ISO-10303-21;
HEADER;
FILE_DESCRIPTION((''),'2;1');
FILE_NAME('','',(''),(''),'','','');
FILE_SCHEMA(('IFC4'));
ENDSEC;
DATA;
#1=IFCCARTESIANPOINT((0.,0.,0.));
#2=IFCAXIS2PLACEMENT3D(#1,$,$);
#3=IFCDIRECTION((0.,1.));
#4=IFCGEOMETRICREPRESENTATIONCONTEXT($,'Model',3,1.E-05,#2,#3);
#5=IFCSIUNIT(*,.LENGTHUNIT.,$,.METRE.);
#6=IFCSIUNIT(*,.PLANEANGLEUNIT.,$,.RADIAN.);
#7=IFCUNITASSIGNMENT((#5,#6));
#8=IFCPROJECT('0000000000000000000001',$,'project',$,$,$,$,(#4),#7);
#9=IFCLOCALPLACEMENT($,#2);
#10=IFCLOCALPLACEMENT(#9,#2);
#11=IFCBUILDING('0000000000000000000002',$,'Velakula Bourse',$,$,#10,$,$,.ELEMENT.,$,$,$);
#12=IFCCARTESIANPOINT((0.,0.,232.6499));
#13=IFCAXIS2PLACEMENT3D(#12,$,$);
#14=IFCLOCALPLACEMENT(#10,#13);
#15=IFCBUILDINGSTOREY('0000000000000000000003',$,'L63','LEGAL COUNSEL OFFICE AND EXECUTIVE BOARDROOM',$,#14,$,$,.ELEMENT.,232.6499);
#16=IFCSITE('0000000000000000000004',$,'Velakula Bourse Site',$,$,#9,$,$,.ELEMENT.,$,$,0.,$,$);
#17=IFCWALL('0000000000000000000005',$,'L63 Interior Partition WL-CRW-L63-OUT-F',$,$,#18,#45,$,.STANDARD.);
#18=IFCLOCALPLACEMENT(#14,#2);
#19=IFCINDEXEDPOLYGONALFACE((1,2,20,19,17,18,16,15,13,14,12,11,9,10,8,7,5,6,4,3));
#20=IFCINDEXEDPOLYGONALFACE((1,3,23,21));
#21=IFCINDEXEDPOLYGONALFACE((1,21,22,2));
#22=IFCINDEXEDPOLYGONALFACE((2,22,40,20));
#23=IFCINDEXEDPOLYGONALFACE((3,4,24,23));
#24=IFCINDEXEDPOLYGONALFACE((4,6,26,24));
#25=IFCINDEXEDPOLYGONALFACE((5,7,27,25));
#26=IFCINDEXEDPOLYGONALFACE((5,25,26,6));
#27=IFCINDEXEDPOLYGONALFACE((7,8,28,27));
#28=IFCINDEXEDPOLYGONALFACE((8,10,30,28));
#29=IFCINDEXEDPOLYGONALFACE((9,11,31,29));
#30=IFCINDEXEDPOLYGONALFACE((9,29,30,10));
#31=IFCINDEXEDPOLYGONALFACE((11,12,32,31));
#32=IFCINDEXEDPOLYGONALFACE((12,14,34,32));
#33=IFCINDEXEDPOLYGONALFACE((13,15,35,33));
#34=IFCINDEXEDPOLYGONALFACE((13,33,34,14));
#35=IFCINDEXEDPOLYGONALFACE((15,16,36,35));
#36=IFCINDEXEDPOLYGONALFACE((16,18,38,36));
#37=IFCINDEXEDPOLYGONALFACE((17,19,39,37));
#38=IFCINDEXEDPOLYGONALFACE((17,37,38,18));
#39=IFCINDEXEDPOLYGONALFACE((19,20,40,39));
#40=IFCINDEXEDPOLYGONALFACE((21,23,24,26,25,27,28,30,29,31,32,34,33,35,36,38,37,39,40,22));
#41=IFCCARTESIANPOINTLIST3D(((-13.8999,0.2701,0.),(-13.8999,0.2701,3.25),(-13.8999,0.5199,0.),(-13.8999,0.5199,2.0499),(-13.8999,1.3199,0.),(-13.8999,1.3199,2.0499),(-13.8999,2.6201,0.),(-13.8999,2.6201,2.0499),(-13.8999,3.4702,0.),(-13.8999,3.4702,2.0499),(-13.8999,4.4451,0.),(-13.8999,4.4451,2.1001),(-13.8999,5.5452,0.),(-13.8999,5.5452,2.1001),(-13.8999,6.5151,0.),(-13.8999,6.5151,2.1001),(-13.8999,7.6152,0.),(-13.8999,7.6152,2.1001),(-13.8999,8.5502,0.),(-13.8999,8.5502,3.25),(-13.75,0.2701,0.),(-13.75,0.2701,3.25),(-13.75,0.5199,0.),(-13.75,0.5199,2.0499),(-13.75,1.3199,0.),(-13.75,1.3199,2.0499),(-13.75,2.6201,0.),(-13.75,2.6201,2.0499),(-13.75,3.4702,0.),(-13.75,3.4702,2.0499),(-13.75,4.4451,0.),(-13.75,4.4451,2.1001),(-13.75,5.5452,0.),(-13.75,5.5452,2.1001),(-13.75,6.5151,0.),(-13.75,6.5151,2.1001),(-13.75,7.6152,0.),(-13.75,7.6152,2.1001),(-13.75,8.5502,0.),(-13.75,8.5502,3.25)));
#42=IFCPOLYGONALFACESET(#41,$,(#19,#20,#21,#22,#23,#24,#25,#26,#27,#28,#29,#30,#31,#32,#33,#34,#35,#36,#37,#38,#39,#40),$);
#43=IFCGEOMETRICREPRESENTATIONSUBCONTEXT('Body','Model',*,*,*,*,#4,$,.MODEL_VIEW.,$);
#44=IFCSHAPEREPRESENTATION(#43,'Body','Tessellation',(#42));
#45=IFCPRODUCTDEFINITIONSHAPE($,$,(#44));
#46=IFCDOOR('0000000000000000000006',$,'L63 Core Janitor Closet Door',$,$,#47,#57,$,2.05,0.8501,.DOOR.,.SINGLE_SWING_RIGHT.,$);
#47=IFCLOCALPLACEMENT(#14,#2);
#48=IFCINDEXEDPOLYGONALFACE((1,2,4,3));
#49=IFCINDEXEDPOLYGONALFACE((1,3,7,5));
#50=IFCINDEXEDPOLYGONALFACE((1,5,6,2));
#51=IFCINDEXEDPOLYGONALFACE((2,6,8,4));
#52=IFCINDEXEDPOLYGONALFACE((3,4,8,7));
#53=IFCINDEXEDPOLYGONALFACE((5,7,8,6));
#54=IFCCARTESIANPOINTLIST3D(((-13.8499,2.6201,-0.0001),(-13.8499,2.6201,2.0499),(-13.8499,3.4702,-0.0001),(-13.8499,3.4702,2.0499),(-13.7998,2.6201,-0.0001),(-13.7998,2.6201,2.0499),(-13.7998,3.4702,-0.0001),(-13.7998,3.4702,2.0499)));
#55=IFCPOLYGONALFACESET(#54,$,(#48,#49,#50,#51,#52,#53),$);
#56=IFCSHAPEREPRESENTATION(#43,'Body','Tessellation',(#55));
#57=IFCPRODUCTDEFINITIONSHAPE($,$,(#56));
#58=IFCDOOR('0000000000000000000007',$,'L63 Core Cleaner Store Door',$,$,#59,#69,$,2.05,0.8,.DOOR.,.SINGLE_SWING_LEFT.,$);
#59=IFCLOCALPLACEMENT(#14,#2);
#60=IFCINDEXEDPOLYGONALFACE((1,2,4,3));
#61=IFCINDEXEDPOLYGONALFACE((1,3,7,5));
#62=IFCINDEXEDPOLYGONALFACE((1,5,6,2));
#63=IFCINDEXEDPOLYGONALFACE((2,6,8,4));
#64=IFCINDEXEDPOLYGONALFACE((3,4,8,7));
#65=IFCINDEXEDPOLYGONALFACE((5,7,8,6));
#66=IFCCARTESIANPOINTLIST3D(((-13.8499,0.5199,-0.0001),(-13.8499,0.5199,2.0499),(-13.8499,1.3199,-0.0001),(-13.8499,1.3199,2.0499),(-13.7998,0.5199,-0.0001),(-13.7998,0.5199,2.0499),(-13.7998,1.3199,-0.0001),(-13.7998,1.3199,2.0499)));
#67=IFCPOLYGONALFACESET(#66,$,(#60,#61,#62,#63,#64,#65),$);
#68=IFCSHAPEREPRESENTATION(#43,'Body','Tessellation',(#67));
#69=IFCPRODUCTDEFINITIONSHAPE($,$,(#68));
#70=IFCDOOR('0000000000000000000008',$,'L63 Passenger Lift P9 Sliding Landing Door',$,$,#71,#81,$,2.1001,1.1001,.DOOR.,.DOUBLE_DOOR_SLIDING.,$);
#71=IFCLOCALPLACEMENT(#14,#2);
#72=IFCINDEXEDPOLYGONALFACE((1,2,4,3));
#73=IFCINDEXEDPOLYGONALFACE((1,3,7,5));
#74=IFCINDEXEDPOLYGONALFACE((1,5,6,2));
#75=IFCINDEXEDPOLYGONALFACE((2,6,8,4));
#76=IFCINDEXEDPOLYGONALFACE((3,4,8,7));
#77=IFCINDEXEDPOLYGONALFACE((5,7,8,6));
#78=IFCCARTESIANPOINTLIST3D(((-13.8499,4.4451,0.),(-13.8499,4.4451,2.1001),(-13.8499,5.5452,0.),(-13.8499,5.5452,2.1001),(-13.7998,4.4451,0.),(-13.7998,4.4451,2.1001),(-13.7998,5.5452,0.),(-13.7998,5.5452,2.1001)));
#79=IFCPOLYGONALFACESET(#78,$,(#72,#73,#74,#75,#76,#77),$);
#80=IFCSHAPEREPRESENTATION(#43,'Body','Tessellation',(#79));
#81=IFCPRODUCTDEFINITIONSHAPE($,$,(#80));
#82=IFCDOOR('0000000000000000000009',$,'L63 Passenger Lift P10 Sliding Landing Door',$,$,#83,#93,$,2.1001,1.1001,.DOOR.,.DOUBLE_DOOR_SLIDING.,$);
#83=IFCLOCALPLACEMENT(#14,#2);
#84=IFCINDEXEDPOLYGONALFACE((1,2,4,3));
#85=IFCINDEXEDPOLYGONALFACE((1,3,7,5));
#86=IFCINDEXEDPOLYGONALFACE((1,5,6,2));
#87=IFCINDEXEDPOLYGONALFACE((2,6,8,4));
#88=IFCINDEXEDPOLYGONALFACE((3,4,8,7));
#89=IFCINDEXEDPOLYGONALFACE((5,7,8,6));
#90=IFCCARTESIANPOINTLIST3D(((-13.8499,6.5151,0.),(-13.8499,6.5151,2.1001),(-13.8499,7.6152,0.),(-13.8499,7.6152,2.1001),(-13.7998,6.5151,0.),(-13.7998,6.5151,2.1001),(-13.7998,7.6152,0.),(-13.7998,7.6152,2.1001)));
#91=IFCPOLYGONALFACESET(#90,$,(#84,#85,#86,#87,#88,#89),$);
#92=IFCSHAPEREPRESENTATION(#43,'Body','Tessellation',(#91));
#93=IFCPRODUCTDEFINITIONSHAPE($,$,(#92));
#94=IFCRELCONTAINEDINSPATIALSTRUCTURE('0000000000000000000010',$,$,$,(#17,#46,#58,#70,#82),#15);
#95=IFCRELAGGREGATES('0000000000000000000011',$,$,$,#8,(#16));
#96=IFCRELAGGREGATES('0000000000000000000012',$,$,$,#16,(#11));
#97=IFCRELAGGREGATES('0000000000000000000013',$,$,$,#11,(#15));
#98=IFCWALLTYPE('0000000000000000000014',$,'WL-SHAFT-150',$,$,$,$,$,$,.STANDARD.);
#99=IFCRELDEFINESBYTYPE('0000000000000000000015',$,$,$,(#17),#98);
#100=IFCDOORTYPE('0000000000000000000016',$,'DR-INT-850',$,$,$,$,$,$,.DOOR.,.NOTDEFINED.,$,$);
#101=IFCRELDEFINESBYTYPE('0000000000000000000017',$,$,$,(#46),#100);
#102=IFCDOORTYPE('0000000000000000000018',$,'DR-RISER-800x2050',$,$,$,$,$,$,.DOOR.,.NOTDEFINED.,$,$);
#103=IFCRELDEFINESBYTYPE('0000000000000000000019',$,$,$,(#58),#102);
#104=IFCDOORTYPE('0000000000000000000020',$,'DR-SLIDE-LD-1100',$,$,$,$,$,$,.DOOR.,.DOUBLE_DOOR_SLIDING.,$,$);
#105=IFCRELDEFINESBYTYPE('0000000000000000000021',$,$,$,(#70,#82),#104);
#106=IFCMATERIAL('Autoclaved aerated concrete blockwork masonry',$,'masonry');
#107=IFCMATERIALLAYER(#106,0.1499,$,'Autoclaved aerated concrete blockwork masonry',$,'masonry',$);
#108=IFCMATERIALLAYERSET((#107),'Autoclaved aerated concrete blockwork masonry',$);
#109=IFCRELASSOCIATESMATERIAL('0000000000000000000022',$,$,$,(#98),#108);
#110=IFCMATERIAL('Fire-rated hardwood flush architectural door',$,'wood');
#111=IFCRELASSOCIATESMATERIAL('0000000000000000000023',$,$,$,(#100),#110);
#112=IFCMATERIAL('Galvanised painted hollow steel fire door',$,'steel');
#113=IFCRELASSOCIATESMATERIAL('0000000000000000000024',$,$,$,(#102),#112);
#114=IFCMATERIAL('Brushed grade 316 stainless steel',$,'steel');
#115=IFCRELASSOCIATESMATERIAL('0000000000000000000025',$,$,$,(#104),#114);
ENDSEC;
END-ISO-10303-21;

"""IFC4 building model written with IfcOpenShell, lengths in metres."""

from ifc_helpers import new_model, si_unit, direction, frame, frame_2d, origin, place, context, subcontext, project, spatial, rectangle, extrude, material, layer, layer_set, type_object, element, fill, save


model = new_model("IFC4")

# Units and contexts
model_context = context("Model", 3, precision=1e-05, world=origin(), true_north=direction((0.0, 1.0)))
body_context = subcontext(model_context, "Body", "Model", "MODEL_VIEW")
ifc_project = project(units=[si_unit("LENGTHUNIT", "METRE"), si_unit("PLANEANGLEUNIT", "RADIAN")], contexts=[model_context])

# Site, building, storey
site_placement = place(None, origin())
site = spatial("IfcSite", under=ifc_project, at=site_placement, Name="Velakula Bourse Site", CompositionType="ELEMENT", RefElevation=0.0)
building_placement = place(site_placement, origin())
building = spatial("IfcBuilding", under=site, at=building_placement, Name="Velakula Bourse", CompositionType="ELEMENT")
storey_placement = place(building_placement, frame((0.0, 0.0, 232.6499)))
storey = spatial("IfcBuildingStorey", under=building, at=storey_placement, Name="L63", Description="LEGAL COUNSEL OFFICE AND EXECUTIVE BOARDROOM", CompositionType="ELEMENT", Elevation=232.6499)

# Wall, openings, doors
ifc_material_1 = material(Name="Autoclaved aerated concrete blockwork masonry", Category="masonry")
ifc_layer_1 = layer(ifc_material_1, 0.1499, Name="Autoclaved aerated concrete blockwork masonry", Category="masonry")
ifc_layer_set_1 = layer_set([ifc_layer_1], Name="Autoclaved aerated concrete blockwork masonry")
wall_type_1 = type_object("IfcWallType", Name="WL-SHAFT-150", PredefinedType="STANDARD", material=ifc_layer_set_1)
wall_1_placement = place(storey_placement, frame((-13.825, 0.27, 0.0), z_axis=(0.0, 0.0, 1.0), x_axis=(0.0, 1.0, 0.0)))
wall_1 = element("IfcWall", 1, at=wall_1_placement, inside=storey, type_object=wall_type_1, Name="L63 Interior Partition WL-CRW-L63-OUT-F", PredefinedType="STANDARD", context=body_context, shape_type="SweptSolid", body=[
    extrude(rectangle(XDim=8.28, YDim=0.1499, at=frame_2d((4.1401, 0.0))), origin(), (0.0, 0.0, 1.0), 3.25),
])
opening_1_placement = place(wall_1_placement, frame((4.175, 0.0, 0.0)))
opening_1 = element("IfcOpeningElement", 2, at=opening_1_placement, cuts=wall_1, PredefinedType="OPENING", context=body_context, shape_type="SweptSolid", body=[
    extrude(rectangle(XDim=1.1001, YDim=2.1001, at=frame_2d((0.55, 1.05))), frame((0.0, 0.085, 0.0), z_axis=(0.0, -1.0, 0.0), x_axis=(1.0, 0.0, 0.0)), (0.0, 0.0, 1.0), 0.1699),
])
opening_2_placement = place(wall_1_placement, frame((6.2451, 0.0, 0.0)))
opening_2 = element("IfcOpeningElement", 3, at=opening_2_placement, cuts=wall_1, PredefinedType="OPENING", context=body_context, shape_type="SweptSolid", body=[
    extrude(rectangle(XDim=1.1001, YDim=2.1001, at=frame_2d((0.55, 1.05))), frame((0.0, 0.085, 0.0), z_axis=(0.0, -1.0, 0.0), x_axis=(1.0, 0.0, 0.0)), (0.0, 0.0, 1.0), 0.1699),
])
opening_3_placement = place(wall_1_placement, frame((0.25, 0.0, 0.0)))
opening_3 = element("IfcOpeningElement", 4, at=opening_3_placement, cuts=wall_1, PredefinedType="OPENING", context=body_context, shape_type="SweptSolid", body=[
    extrude(rectangle(XDim=0.8, YDim=2.05, at=frame_2d((0.3999, 1.0249))), frame((0.0, 0.085, 0.0), z_axis=(0.0, -1.0, 0.0), x_axis=(1.0, 0.0, 0.0)), (0.0, 0.0, 1.0), 0.1699),
])
opening_4_placement = place(wall_1_placement, frame((2.3501, 0.0, 0.0)))
opening_4 = element("IfcOpeningElement", 5, at=opening_4_placement, cuts=wall_1, PredefinedType="OPENING", context=body_context, shape_type="SweptSolid", body=[
    extrude(rectangle(XDim=0.8501, YDim=2.05, at=frame_2d((0.425, 1.0249))), frame((0.0, 0.085, 0.0), z_axis=(0.0, -1.0, 0.0), x_axis=(1.0, 0.0, 0.0)), (0.0, 0.0, 1.0), 0.1699),
])
ifc_material_2 = material(Name="Fire-rated hardwood flush architectural door", Category="wood")
door_type_1 = type_object("IfcDoorType", Name="DR-INT-850", OperationType="NOTDEFINED", PredefinedType="DOOR", material=ifc_material_2)
door_1_placement = place(opening_4_placement, origin())
door_1 = element("IfcDoor", 6, at=door_1_placement, inside=storey, type_object=door_type_1, Name="L63 Core Janitor Closet Door", OperationType="SINGLE_SWING_RIGHT", OverallHeight=2.05, OverallWidth=0.8501, PredefinedType="DOOR", context=body_context, shape_type="SweptSolid", body=[
    extrude(rectangle(XDim=0.8501, YDim=2.05, at=frame_2d((0.425, 1.0249))), frame((0.0, 0.0249, 0.0), z_axis=(0.0, -1.0, 0.0), x_axis=(1.0, 0.0, 0.0)), (0.0, 0.0, 1.0), 0.05),
])
fill(opening_4, door_1)
ifc_material_3 = material(Name="Galvanised painted hollow steel fire door", Category="steel")
door_type_2 = type_object("IfcDoorType", Name="DR-RISER-800x2050", OperationType="NOTDEFINED", PredefinedType="DOOR", material=ifc_material_3)
door_2_placement = place(opening_3_placement, origin())
door_2 = element("IfcDoor", 7, at=door_2_placement, inside=storey, type_object=door_type_2, Name="L63 Core Cleaner Store Door", OperationType="SINGLE_SWING_LEFT", OverallHeight=2.05, OverallWidth=0.8, PredefinedType="DOOR", context=body_context, shape_type="SweptSolid", body=[
    extrude(rectangle(XDim=0.8, YDim=2.05, at=frame_2d((0.3999, 1.0249))), frame((0.0, 0.0249, 0.0), z_axis=(0.0, -1.0, 0.0), x_axis=(1.0, 0.0, 0.0)), (0.0, 0.0, 1.0), 0.05),
])
fill(opening_3, door_2)
ifc_material_4 = material(Name="Brushed grade 316 stainless steel", Category="steel")
door_type_3 = type_object("IfcDoorType", Name="DR-SLIDE-LD-1100", OperationType="DOUBLE_DOOR_SLIDING", PredefinedType="DOOR", material=ifc_material_4)
door_3_placement = place(opening_1_placement, origin())
door_3 = element("IfcDoor", 8, at=door_3_placement, inside=storey, type_object=door_type_3, Name="L63 Passenger Lift P9 Sliding Landing Door", OperationType="DOUBLE_DOOR_SLIDING", OverallHeight=2.1001, OverallWidth=1.1001, PredefinedType="DOOR", context=body_context, shape_type="SweptSolid", body=[
    extrude(rectangle(XDim=1.1001, YDim=2.1001, at=frame_2d((0.55, 1.05))), frame((0.0, 0.0249, 0.0), z_axis=(0.0, -1.0, 0.0), x_axis=(1.0, 0.0, 0.0)), (0.0, 0.0, 1.0), 0.05),
])
fill(opening_1, door_3)
door_4_placement = place(opening_2_placement, origin())
door_4 = element("IfcDoor", 9, at=door_4_placement, inside=storey, type_object=door_type_3, Name="L63 Passenger Lift P10 Sliding Landing Door", OperationType="DOUBLE_DOOR_SLIDING", OverallHeight=2.1001, OverallWidth=1.1001, PredefinedType="DOOR", context=body_context, shape_type="SweptSolid", body=[
    extrude(rectangle(XDim=1.1001, YDim=2.1001, at=frame_2d((0.55, 1.05))), frame((0.0, 0.0249, 0.0), z_axis=(0.0, -1.0, 0.0), x_axis=(1.0, 0.0, 0.0)), (0.0, 0.0, 1.0), 0.05),
])
fill(opening_2, door_4)

save(model, "model.ifc")
